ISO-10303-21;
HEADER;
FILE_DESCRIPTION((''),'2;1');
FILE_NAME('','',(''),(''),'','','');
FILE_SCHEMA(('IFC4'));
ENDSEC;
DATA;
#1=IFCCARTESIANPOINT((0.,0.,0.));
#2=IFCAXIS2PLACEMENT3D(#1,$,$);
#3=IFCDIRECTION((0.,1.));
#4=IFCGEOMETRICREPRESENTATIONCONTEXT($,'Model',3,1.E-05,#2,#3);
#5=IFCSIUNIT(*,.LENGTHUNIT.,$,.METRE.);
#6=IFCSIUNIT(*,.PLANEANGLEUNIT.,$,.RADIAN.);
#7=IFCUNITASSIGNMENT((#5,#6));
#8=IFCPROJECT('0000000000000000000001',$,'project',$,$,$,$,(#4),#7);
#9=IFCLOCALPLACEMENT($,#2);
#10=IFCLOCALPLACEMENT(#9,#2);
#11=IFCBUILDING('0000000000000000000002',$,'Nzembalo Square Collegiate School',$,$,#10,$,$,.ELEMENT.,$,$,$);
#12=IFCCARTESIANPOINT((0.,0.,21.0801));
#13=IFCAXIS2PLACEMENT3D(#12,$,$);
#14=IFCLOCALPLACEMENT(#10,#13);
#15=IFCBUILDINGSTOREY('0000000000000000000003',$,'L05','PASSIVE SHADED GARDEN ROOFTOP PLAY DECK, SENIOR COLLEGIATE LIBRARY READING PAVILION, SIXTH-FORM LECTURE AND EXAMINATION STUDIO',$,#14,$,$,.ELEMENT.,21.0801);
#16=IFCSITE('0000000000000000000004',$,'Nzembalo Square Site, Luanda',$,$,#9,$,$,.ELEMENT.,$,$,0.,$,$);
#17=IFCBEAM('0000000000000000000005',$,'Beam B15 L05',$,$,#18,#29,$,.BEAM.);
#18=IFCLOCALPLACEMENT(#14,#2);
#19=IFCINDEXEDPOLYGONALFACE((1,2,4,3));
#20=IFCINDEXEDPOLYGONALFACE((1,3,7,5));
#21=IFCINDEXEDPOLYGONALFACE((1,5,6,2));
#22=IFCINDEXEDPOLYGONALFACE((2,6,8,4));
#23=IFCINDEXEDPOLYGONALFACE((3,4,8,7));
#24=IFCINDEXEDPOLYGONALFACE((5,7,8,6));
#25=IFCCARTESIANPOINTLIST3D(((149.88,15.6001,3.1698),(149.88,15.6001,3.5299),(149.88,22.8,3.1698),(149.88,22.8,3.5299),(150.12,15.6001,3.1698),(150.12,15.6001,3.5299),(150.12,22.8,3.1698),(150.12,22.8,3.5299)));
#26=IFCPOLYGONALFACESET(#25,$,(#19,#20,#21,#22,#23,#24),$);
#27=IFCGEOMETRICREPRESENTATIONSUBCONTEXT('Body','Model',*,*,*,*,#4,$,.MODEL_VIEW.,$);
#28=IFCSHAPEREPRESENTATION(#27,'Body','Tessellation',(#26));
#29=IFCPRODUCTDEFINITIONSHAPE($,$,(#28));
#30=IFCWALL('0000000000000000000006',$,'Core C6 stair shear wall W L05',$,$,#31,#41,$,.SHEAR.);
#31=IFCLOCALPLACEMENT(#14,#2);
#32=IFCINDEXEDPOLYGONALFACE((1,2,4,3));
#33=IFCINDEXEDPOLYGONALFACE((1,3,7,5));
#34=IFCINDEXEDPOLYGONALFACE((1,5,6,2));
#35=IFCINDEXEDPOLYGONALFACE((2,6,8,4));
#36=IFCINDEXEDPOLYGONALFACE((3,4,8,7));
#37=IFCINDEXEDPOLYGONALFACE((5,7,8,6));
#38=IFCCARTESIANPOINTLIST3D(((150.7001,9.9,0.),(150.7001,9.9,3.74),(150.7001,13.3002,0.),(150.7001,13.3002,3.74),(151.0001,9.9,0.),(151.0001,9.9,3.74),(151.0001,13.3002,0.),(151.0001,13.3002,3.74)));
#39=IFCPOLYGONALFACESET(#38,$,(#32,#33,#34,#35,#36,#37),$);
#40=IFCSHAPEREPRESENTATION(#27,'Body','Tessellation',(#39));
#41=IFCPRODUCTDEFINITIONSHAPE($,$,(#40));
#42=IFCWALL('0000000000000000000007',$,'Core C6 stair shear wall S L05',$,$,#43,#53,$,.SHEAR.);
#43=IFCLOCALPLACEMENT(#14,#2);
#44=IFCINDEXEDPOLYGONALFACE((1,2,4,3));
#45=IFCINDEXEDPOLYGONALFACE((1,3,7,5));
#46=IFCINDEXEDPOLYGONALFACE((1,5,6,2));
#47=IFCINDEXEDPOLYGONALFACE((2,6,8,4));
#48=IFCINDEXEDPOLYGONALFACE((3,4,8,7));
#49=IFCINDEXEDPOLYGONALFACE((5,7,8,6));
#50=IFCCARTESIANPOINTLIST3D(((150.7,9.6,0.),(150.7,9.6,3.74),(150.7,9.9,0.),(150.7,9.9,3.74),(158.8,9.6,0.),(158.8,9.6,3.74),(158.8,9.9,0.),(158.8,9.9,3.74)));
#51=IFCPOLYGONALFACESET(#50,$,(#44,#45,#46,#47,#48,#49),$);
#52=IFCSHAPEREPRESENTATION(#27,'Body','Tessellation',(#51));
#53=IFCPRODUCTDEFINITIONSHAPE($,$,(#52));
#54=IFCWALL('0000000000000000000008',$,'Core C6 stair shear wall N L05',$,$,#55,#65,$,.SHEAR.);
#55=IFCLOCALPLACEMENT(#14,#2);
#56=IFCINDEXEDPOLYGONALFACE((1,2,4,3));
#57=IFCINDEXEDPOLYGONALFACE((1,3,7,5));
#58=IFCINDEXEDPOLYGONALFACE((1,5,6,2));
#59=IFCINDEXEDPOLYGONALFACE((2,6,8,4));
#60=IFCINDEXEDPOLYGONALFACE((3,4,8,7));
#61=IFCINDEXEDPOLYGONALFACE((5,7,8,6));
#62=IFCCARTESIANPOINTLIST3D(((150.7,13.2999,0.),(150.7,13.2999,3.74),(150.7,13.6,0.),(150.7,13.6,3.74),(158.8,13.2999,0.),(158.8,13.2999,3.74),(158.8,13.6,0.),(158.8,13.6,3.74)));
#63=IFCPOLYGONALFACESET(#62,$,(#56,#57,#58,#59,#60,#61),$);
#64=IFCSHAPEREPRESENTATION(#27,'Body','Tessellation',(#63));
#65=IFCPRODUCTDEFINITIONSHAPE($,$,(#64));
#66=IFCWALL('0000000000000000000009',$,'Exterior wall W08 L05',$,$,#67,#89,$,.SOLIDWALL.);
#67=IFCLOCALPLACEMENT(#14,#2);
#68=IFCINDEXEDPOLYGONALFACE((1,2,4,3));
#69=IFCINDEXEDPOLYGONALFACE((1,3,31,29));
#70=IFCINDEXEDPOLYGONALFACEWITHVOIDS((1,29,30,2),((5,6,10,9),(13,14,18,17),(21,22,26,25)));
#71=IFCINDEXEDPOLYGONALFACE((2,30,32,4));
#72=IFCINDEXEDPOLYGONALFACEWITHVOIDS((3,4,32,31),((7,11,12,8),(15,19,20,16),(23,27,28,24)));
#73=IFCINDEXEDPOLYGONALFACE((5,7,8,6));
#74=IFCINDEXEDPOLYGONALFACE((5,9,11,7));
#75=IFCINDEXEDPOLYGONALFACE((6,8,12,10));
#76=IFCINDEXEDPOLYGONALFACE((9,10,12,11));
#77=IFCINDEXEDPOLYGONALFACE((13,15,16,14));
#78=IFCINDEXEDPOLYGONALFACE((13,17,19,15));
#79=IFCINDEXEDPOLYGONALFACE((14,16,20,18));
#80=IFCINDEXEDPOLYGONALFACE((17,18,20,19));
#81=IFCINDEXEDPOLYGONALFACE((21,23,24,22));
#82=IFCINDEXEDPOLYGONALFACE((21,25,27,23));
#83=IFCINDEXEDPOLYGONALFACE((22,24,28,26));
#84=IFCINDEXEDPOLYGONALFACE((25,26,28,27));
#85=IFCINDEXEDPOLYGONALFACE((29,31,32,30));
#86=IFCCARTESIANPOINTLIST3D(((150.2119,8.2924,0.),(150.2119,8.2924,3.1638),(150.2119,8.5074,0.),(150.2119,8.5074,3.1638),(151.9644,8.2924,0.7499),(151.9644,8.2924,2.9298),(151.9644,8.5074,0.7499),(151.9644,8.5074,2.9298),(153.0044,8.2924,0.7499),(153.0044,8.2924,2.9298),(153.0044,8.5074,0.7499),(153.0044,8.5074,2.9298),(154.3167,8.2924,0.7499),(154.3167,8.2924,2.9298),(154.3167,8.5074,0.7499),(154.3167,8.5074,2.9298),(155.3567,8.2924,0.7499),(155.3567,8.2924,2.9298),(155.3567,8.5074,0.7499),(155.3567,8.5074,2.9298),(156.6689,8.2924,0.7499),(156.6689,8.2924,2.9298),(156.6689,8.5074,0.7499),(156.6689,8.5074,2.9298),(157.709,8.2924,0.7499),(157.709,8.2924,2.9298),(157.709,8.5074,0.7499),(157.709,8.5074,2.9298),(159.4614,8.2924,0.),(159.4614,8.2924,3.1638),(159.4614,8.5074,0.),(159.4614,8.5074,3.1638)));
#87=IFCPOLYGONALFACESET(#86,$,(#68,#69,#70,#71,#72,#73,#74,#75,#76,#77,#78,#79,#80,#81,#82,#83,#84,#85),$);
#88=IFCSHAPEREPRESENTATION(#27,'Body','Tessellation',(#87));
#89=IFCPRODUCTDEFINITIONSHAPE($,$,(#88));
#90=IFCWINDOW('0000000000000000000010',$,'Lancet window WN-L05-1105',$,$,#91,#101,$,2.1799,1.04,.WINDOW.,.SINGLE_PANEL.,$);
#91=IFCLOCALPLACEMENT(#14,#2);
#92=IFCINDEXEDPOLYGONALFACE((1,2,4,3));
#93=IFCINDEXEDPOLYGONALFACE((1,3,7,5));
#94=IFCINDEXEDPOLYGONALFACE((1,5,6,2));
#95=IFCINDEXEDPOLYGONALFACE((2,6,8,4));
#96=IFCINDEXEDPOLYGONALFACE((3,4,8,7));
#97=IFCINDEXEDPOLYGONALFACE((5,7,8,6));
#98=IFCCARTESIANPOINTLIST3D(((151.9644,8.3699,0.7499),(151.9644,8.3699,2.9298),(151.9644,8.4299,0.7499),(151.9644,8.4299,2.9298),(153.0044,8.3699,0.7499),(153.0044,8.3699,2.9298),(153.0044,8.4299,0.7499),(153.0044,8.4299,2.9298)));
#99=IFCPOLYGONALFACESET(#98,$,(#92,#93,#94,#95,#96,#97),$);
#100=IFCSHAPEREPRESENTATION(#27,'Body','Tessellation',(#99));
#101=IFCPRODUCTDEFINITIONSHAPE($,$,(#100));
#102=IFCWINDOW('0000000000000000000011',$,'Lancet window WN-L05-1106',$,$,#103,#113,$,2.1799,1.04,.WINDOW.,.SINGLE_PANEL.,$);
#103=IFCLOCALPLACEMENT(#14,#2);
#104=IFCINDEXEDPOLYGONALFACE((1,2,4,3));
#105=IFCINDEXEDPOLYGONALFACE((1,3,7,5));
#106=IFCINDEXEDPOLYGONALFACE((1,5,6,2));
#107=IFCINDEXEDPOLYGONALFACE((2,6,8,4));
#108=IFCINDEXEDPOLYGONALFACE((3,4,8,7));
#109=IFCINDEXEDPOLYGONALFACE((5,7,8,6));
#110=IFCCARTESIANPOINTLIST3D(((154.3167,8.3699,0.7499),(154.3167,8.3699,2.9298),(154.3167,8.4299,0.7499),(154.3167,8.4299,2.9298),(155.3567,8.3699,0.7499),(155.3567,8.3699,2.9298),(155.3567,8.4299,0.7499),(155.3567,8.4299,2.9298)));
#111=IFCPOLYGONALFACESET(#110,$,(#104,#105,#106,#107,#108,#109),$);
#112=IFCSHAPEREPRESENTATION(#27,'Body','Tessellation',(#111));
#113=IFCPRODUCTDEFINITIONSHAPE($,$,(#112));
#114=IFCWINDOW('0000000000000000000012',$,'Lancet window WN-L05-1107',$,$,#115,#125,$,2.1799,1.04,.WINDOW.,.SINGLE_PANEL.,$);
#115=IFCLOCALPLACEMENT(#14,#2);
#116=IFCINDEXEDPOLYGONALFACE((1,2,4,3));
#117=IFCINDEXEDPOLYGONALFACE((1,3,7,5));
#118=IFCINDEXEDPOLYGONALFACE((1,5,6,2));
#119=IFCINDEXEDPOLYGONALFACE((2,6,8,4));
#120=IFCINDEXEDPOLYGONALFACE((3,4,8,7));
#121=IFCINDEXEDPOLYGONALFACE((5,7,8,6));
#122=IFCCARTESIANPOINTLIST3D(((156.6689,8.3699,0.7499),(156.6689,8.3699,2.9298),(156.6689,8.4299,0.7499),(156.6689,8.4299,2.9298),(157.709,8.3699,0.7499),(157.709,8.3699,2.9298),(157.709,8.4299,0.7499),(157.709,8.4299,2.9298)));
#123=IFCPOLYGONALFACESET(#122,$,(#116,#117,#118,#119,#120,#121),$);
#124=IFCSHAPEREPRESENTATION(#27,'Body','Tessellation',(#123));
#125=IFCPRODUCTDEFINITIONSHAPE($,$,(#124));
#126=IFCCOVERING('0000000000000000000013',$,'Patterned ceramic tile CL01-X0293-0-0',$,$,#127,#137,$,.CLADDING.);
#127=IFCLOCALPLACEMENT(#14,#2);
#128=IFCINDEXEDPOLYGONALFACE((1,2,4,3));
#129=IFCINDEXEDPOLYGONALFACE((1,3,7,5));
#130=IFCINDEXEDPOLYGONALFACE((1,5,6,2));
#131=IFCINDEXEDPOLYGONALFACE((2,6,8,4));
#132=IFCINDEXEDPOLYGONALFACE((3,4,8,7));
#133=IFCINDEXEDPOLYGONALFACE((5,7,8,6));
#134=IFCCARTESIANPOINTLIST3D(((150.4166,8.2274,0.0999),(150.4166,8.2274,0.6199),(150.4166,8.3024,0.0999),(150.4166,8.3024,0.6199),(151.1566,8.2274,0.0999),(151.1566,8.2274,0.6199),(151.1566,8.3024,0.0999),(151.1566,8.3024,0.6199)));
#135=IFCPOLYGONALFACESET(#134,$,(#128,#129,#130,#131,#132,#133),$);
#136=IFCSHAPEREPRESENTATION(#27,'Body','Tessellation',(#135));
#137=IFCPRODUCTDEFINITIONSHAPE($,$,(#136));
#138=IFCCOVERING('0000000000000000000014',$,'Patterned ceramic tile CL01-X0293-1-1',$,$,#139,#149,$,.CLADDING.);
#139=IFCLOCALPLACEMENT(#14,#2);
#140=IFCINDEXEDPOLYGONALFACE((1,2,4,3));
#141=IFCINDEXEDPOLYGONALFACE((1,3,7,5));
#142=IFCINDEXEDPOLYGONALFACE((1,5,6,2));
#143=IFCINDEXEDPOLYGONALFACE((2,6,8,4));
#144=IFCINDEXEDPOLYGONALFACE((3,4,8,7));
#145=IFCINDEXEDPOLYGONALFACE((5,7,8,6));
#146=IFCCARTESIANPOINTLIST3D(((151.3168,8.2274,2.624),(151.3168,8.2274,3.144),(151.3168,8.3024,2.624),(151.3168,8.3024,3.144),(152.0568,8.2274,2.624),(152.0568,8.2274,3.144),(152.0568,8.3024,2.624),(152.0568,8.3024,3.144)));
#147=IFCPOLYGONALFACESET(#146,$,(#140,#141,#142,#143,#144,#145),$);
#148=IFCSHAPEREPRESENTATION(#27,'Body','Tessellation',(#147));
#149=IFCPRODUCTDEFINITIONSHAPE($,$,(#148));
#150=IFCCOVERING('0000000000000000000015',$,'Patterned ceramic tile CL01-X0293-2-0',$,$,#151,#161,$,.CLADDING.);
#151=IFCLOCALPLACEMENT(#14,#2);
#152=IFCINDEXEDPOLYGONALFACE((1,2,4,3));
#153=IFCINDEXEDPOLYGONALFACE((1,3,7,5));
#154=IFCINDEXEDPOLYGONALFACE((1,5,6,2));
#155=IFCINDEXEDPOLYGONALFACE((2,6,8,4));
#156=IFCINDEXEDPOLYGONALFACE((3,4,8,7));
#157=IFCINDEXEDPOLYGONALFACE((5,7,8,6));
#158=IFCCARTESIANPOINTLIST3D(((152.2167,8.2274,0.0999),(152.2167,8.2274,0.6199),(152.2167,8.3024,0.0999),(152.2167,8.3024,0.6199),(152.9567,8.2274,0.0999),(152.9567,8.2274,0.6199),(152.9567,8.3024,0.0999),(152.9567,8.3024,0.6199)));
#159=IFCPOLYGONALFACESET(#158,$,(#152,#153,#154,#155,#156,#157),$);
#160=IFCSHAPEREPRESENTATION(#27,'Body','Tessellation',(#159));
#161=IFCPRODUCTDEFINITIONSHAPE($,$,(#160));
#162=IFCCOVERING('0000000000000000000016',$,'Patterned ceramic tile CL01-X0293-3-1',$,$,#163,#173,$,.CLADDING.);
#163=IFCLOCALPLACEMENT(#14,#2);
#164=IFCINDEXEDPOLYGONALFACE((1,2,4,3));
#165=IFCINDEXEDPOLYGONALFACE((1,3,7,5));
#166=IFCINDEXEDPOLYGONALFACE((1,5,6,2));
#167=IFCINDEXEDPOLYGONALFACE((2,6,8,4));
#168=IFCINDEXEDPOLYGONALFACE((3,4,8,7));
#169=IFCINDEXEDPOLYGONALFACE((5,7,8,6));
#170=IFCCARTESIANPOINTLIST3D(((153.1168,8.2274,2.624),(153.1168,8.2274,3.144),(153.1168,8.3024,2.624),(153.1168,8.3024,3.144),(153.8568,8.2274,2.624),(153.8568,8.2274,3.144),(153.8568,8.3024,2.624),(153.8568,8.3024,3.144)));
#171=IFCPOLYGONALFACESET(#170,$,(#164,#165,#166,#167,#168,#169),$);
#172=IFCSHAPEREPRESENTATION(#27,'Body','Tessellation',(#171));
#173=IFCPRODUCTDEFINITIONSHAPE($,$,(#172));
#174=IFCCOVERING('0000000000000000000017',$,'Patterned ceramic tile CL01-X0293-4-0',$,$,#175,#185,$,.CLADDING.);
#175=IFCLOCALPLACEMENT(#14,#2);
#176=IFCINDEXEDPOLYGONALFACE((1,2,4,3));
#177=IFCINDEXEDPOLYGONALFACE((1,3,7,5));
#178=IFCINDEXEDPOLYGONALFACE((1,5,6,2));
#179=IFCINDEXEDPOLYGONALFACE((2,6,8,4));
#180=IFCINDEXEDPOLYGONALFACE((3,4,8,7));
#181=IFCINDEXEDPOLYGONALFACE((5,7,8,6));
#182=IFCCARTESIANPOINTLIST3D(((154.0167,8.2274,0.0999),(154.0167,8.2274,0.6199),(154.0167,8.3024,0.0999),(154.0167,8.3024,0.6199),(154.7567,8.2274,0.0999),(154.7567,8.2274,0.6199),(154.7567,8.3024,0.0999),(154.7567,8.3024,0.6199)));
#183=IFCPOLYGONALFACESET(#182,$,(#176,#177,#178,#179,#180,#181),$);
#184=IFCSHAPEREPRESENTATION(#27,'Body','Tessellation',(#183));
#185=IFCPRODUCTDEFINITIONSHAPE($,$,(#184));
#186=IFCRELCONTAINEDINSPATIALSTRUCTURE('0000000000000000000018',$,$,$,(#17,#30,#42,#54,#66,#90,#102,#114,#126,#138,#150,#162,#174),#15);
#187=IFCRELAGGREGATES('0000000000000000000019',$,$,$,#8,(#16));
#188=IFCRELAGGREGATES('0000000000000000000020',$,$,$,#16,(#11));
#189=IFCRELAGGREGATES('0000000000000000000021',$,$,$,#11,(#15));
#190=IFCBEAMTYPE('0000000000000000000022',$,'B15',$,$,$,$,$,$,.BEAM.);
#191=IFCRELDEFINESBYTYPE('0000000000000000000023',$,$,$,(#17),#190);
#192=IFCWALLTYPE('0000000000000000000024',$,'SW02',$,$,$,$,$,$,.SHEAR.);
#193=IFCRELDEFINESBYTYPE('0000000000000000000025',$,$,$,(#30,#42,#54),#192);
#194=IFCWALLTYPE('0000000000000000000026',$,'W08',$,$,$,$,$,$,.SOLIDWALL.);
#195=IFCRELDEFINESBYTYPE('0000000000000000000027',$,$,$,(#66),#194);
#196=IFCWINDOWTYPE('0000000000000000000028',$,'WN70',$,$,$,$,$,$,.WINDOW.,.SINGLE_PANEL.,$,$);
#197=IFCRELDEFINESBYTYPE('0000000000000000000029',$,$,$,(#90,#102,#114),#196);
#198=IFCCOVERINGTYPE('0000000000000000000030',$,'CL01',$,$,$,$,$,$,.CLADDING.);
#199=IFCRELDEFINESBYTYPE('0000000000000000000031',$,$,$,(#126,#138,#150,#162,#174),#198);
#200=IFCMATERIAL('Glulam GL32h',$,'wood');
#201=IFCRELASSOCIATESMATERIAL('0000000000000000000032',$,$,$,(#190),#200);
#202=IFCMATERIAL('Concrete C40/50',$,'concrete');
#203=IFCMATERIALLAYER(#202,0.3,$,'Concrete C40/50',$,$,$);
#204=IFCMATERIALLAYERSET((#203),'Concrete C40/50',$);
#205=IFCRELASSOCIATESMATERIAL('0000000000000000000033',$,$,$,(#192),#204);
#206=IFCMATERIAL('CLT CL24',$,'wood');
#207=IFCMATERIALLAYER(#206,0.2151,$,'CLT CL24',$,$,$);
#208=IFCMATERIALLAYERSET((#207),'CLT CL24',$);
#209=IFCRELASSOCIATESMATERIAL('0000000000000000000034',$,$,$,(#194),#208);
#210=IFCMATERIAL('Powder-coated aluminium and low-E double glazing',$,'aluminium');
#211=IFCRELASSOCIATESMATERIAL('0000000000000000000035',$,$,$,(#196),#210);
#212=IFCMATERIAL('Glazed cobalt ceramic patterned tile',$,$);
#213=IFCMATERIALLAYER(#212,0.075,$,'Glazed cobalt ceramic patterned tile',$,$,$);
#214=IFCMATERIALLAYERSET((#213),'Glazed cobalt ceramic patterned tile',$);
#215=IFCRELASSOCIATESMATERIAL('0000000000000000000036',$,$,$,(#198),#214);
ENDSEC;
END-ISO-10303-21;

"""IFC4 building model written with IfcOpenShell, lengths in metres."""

from ifc_helpers import new_model, si_unit, direction, frame, frame_2d, origin, origin_2d, place, context, subcontext, project, spatial, rectangle, extrude, material, layer, layer_set, material_profile, profile_set, type_object, element, fill, save


model = new_model("IFC4")

# Units and contexts
model_context = context("Model", 3, precision=1e-05, world=origin(), true_north=direction((0.0, 1.0)))
body_context = subcontext(model_context, "Body", "Model", "MODEL_VIEW")
ifc_project = project(units=[si_unit("LENGTHUNIT", "METRE"), si_unit("PLANEANGLEUNIT", "RADIAN")], contexts=[model_context])

# Site, building, storey
site_placement = place(None, origin())
site = spatial("IfcSite", under=ifc_project, at=site_placement, Name="Nzembalo Square Site, Luanda", CompositionType="ELEMENT", RefElevation=0.0)
building_placement = place(site_placement, origin())
building = spatial("IfcBuilding", under=site, at=building_placement, Name="Nzembalo Square Collegiate School", CompositionType="ELEMENT")
storey_placement = place(building_placement, frame((0.0, 0.0, 21.0801)))
storey = spatial("IfcBuildingStorey", under=building, at=storey_placement, Name="L05", Description="PASSIVE SHADED GARDEN ROOFTOP PLAY DECK, SENIOR COLLEGIATE LIBRARY READING PAVILION, SIXTH-FORM LECTURE AND EXAMINATION STUDIO", CompositionType="ELEMENT", Elevation=21.0801)

# Beam
ifc_material_1 = material(Name="Glulam GL32h", Category="wood")
ifc_material_profile = material_profile(ifc_material_1, rectangle(XDim=0.24, YDim=0.3601, at=origin_2d()), Name="GL32h 240x360")
ifc_profile_set = profile_set([ifc_material_profile], Name="Glulam GL32h")
beam_type = type_object("IfcBeamType", Name="B15", PredefinedType="BEAM", material=ifc_profile_set)
beam_placement = place(storey_placement, frame((150.0, 15.6001, 3.3499), z_axis=(0.0, 1.0, 0.0), x_axis=(-1.0, 0.0, 0.0)))
element("IfcBeam", 1, at=beam_placement, inside=storey, type_object=beam_type, Name="Beam B15 L05", PredefinedType="BEAM", context=body_context, shape_type="SweptSolid", body=[
    extrude(rectangle(XDim=0.24, YDim=0.3601, at=origin_2d()), origin(), (0.0, 0.0, 1.0), 7.2),
])

# Walls
ifc_material_2 = material(Name="Concrete C40/50", Category="concrete")
ifc_layer_1 = layer(ifc_material_2, 0.3, Name="Concrete C40/50")
ifc_layer_set_1 = layer_set([ifc_layer_1], Name="Concrete C40/50")
wall_type_1 = type_object("IfcWallType", Name="SW02", PredefinedType="SHEAR", material=ifc_layer_set_1)
wall_1_placement = place(storey_placement, frame((150.8501, 9.8999, 0.0), z_axis=(0.0, 0.0, 1.0), x_axis=(0.0, 1.0, 0.0)))
element("IfcWall", 2, at=wall_1_placement, inside=storey, type_object=wall_type_1, Name="Core C6 stair shear wall W L05", PredefinedType="SHEAR", context=body_context, shape_type="SweptSolid", body=[
    extrude(rectangle(XDim=3.4001, YDim=0.3, at=frame_2d((1.7002, 0.0))), origin(), (0.0, 0.0, 1.0), 3.74),
])
for number, where, z_axis, x_axis, name in (
    (3, (150.7, 9.75, 0.0), (0.0, 0.0, 1.0), (1.0, 0.0, 0.0), "Core C6 stair shear wall S L05"),
    (4, (150.7, 13.45, 0.0), (0.0, 0.0, 1.0), (1.0, 0.0, 0.0), "Core C6 stair shear wall N L05"),
):
    element("IfcWall", number, at=place(storey_placement, frame(where, z_axis=z_axis, x_axis=x_axis)), inside=storey, type_object=wall_type_1, Name=name, PredefinedType="SHEAR", context=body_context, shape_type="SweptSolid", body=[
        extrude(rectangle(XDim=8.1001, YDim=0.3, at=frame_2d((4.05, 0.0))), origin(), (0.0, 0.0, 1.0), 3.74),
    ])

# Wall, openings, windows
ifc_material_3 = material(Name="CLT CL24", Category="wood")
ifc_layer_2 = layer(ifc_material_3, 0.2151, Name="CLT CL24")
ifc_layer_set_2 = layer_set([ifc_layer_2], Name="CLT CL24")
wall_type_2 = type_object("IfcWallType", Name="W08", PredefinedType="SOLIDWALL", material=ifc_layer_set_2)
wall_2_placement = place(storey_placement, frame((150.2119, 8.3999, 0.0), z_axis=(0.0, 0.0, 1.0), x_axis=(1.0, 0.0, 0.0)))
wall_2 = element("IfcWall", 5, at=wall_2_placement, inside=storey, type_object=wall_type_2, Name="Exterior wall W08 L05", PredefinedType="SOLIDWALL", context=body_context, shape_type="SweptSolid", body=[
    extrude(rectangle(XDim=9.2495, YDim=0.2151, at=frame_2d((4.6248, 0.0))), origin(), (0.0, 0.0, 1.0), 3.1638),
])
opening_1_placement = place(wall_2_placement, frame((1.7524, 0.0, 0.75)))
opening_1 = element("IfcOpeningElement", 6, at=opening_1_placement, cuts=wall_2, PredefinedType="OPENING", context=body_context, shape_type="SweptSolid", body=[
    extrude(rectangle(XDim=1.04, YDim=2.1799, at=frame_2d((0.52, 1.0898))), frame((0.0, 0.1177, 0.0), z_axis=(0.0, -1.0, 0.0), x_axis=(1.0, 0.0, 0.0)), (0.0, 0.0, 1.0), 0.2351),
])
opening_2_placement = place(wall_2_placement, frame((4.1047, 0.0, 0.75)))
opening_2 = element("IfcOpeningElement", 7, at=opening_2_placement, cuts=wall_2, PredefinedType="OPENING", context=body_context, shape_type="SweptSolid", body=[
    extrude(rectangle(XDim=1.04, YDim=2.1799, at=frame_2d((0.52, 1.0898))), frame((0.0, 0.1177, 0.0), z_axis=(0.0, -1.0, 0.0), x_axis=(1.0, 0.0, 0.0)), (0.0, 0.0, 1.0), 0.2351),
])
opening_3_placement = place(wall_2_placement, frame((6.457, 0.0, 0.75)))
opening_3 = element("IfcOpeningElement", 8, at=opening_3_placement, cuts=wall_2, PredefinedType="OPENING", context=body_context, shape_type="SweptSolid", body=[
    extrude(rectangle(XDim=1.04, YDim=2.1799, at=frame_2d((0.52, 1.0898))), frame((0.0, 0.1177, 0.0), z_axis=(0.0, -1.0, 0.0), x_axis=(1.0, 0.0, 0.0)), (0.0, 0.0, 1.0), 0.2351),
])
ifc_material_4 = material(Name="Powder-coated aluminium and low-E double glazing", Category="aluminium")
window_type = type_object("IfcWindowType", Name="WN70", PartitioningType="SINGLE_PANEL", PredefinedType="WINDOW", material=ifc_material_4)
window_1_placement = place(opening_1_placement, origin())
window_1 = element("IfcWindow", 9, at=window_1_placement, inside=storey, type_object=window_type, Name="Lancet window WN-L05-1105", OverallHeight=2.1799, OverallWidth=1.04, PartitioningType="SINGLE_PANEL", PredefinedType="WINDOW", context=body_context, shape_type="SweptSolid", body=[
    extrude(rectangle(XDim=1.04, YDim=2.1799, at=frame_2d((0.52, 1.0898))), frame((0.0, 0.03, 0.0), z_axis=(0.0, -1.0, 0.0), x_axis=(1.0, 0.0, 0.0)), (0.0, 0.0, 1.0), 0.0601),
])
fill(opening_1, window_1)
window_2_placement = place(opening_2_placement, origin())
window_2 = element("IfcWindow", 10, at=window_2_placement, inside=storey, type_object=window_type, Name="Lancet window WN-L05-1106", OverallHeight=2.1799, OverallWidth=1.04, PartitioningType="SINGLE_PANEL", PredefinedType="WINDOW", context=body_context, shape_type="SweptSolid", body=[
    extrude(rectangle(XDim=1.04, YDim=2.1799, at=frame_2d((0.52, 1.0898))), frame((0.0, 0.03, 0.0), z_axis=(0.0, -1.0, 0.0), x_axis=(1.0, 0.0, 0.0)), (0.0, 0.0, 1.0), 0.0601),
])
fill(opening_2, window_2)
window_3_placement = place(opening_3_placement, origin())
window_3 = element("IfcWindow", 11, at=window_3_placement, inside=storey, type_object=window_type, Name="Lancet window WN-L05-1107", OverallHeight=2.1799, OverallWidth=1.04, PartitioningType="SINGLE_PANEL", PredefinedType="WINDOW", context=body_context, shape_type="SweptSolid", body=[
    extrude(rectangle(XDim=1.04, YDim=2.1799, at=frame_2d((0.52, 1.0898))), frame((0.0, 0.03, 0.0), z_axis=(0.0, -1.0, 0.0), x_axis=(1.0, 0.0, 0.0)), (0.0, 0.0, 1.0), 0.0601),
])
fill(opening_3, window_3)

# Coverings
ifc_material_5 = material(Name="Glazed cobalt ceramic patterned tile")
ifc_layer_3 = layer(ifc_material_5, 0.075, Name="Glazed cobalt ceramic patterned tile")
ifc_layer_set_3 = layer_set([ifc_layer_3], Name="Glazed cobalt ceramic patterned tile")
covering_type_1 = type_object("IfcCoveringType", Name="CL01", PredefinedType="CLADDING", material=ifc_layer_set_3)
for number, where, z_axis, x_axis, name in (
    (12, (150.7866, 8.2649, 0.0999), (0.0, 0.0, 1.0), (1.0, 0.0, 0.0), "Patterned ceramic tile CL01-X0293-0-0"),
    (13, (151.6868, 8.2649, 2.624), (0.0, 0.0, 1.0), (1.0, 0.0, 0.0), "Patterned ceramic tile CL01-X0293-1-1"),
    (14, (152.5867, 8.2649, 0.0999), (0.0, 0.0, 1.0), (1.0, 0.0, 0.0), "Patterned ceramic tile CL01-X0293-2-0"),
    (15, (153.4868, 8.2649, 2.624), (0.0, 0.0, 1.0), (1.0, 0.0, 0.0), "Patterned ceramic tile CL01-X0293-3-1"),
    (16, (154.3867, 8.2649, 0.0999), (0.0, 0.0, 1.0), (1.0, 0.0, 0.0), "Patterned ceramic tile CL01-X0293-4-0"),
):
    element("IfcCovering", number, at=place(storey_placement, frame(where, z_axis=z_axis, x_axis=x_axis)), inside=storey, type_object=covering_type_1, Name=name, PredefinedType="CLADDING", context=body_context, shape_type="SweptSolid", body=[
        extrude(rectangle(XDim=0.74, YDim=0.075, at=origin_2d()), origin(), (0.0, 0.0, 1.0), 0.52),
    ])

save(model, "model.ifc")
